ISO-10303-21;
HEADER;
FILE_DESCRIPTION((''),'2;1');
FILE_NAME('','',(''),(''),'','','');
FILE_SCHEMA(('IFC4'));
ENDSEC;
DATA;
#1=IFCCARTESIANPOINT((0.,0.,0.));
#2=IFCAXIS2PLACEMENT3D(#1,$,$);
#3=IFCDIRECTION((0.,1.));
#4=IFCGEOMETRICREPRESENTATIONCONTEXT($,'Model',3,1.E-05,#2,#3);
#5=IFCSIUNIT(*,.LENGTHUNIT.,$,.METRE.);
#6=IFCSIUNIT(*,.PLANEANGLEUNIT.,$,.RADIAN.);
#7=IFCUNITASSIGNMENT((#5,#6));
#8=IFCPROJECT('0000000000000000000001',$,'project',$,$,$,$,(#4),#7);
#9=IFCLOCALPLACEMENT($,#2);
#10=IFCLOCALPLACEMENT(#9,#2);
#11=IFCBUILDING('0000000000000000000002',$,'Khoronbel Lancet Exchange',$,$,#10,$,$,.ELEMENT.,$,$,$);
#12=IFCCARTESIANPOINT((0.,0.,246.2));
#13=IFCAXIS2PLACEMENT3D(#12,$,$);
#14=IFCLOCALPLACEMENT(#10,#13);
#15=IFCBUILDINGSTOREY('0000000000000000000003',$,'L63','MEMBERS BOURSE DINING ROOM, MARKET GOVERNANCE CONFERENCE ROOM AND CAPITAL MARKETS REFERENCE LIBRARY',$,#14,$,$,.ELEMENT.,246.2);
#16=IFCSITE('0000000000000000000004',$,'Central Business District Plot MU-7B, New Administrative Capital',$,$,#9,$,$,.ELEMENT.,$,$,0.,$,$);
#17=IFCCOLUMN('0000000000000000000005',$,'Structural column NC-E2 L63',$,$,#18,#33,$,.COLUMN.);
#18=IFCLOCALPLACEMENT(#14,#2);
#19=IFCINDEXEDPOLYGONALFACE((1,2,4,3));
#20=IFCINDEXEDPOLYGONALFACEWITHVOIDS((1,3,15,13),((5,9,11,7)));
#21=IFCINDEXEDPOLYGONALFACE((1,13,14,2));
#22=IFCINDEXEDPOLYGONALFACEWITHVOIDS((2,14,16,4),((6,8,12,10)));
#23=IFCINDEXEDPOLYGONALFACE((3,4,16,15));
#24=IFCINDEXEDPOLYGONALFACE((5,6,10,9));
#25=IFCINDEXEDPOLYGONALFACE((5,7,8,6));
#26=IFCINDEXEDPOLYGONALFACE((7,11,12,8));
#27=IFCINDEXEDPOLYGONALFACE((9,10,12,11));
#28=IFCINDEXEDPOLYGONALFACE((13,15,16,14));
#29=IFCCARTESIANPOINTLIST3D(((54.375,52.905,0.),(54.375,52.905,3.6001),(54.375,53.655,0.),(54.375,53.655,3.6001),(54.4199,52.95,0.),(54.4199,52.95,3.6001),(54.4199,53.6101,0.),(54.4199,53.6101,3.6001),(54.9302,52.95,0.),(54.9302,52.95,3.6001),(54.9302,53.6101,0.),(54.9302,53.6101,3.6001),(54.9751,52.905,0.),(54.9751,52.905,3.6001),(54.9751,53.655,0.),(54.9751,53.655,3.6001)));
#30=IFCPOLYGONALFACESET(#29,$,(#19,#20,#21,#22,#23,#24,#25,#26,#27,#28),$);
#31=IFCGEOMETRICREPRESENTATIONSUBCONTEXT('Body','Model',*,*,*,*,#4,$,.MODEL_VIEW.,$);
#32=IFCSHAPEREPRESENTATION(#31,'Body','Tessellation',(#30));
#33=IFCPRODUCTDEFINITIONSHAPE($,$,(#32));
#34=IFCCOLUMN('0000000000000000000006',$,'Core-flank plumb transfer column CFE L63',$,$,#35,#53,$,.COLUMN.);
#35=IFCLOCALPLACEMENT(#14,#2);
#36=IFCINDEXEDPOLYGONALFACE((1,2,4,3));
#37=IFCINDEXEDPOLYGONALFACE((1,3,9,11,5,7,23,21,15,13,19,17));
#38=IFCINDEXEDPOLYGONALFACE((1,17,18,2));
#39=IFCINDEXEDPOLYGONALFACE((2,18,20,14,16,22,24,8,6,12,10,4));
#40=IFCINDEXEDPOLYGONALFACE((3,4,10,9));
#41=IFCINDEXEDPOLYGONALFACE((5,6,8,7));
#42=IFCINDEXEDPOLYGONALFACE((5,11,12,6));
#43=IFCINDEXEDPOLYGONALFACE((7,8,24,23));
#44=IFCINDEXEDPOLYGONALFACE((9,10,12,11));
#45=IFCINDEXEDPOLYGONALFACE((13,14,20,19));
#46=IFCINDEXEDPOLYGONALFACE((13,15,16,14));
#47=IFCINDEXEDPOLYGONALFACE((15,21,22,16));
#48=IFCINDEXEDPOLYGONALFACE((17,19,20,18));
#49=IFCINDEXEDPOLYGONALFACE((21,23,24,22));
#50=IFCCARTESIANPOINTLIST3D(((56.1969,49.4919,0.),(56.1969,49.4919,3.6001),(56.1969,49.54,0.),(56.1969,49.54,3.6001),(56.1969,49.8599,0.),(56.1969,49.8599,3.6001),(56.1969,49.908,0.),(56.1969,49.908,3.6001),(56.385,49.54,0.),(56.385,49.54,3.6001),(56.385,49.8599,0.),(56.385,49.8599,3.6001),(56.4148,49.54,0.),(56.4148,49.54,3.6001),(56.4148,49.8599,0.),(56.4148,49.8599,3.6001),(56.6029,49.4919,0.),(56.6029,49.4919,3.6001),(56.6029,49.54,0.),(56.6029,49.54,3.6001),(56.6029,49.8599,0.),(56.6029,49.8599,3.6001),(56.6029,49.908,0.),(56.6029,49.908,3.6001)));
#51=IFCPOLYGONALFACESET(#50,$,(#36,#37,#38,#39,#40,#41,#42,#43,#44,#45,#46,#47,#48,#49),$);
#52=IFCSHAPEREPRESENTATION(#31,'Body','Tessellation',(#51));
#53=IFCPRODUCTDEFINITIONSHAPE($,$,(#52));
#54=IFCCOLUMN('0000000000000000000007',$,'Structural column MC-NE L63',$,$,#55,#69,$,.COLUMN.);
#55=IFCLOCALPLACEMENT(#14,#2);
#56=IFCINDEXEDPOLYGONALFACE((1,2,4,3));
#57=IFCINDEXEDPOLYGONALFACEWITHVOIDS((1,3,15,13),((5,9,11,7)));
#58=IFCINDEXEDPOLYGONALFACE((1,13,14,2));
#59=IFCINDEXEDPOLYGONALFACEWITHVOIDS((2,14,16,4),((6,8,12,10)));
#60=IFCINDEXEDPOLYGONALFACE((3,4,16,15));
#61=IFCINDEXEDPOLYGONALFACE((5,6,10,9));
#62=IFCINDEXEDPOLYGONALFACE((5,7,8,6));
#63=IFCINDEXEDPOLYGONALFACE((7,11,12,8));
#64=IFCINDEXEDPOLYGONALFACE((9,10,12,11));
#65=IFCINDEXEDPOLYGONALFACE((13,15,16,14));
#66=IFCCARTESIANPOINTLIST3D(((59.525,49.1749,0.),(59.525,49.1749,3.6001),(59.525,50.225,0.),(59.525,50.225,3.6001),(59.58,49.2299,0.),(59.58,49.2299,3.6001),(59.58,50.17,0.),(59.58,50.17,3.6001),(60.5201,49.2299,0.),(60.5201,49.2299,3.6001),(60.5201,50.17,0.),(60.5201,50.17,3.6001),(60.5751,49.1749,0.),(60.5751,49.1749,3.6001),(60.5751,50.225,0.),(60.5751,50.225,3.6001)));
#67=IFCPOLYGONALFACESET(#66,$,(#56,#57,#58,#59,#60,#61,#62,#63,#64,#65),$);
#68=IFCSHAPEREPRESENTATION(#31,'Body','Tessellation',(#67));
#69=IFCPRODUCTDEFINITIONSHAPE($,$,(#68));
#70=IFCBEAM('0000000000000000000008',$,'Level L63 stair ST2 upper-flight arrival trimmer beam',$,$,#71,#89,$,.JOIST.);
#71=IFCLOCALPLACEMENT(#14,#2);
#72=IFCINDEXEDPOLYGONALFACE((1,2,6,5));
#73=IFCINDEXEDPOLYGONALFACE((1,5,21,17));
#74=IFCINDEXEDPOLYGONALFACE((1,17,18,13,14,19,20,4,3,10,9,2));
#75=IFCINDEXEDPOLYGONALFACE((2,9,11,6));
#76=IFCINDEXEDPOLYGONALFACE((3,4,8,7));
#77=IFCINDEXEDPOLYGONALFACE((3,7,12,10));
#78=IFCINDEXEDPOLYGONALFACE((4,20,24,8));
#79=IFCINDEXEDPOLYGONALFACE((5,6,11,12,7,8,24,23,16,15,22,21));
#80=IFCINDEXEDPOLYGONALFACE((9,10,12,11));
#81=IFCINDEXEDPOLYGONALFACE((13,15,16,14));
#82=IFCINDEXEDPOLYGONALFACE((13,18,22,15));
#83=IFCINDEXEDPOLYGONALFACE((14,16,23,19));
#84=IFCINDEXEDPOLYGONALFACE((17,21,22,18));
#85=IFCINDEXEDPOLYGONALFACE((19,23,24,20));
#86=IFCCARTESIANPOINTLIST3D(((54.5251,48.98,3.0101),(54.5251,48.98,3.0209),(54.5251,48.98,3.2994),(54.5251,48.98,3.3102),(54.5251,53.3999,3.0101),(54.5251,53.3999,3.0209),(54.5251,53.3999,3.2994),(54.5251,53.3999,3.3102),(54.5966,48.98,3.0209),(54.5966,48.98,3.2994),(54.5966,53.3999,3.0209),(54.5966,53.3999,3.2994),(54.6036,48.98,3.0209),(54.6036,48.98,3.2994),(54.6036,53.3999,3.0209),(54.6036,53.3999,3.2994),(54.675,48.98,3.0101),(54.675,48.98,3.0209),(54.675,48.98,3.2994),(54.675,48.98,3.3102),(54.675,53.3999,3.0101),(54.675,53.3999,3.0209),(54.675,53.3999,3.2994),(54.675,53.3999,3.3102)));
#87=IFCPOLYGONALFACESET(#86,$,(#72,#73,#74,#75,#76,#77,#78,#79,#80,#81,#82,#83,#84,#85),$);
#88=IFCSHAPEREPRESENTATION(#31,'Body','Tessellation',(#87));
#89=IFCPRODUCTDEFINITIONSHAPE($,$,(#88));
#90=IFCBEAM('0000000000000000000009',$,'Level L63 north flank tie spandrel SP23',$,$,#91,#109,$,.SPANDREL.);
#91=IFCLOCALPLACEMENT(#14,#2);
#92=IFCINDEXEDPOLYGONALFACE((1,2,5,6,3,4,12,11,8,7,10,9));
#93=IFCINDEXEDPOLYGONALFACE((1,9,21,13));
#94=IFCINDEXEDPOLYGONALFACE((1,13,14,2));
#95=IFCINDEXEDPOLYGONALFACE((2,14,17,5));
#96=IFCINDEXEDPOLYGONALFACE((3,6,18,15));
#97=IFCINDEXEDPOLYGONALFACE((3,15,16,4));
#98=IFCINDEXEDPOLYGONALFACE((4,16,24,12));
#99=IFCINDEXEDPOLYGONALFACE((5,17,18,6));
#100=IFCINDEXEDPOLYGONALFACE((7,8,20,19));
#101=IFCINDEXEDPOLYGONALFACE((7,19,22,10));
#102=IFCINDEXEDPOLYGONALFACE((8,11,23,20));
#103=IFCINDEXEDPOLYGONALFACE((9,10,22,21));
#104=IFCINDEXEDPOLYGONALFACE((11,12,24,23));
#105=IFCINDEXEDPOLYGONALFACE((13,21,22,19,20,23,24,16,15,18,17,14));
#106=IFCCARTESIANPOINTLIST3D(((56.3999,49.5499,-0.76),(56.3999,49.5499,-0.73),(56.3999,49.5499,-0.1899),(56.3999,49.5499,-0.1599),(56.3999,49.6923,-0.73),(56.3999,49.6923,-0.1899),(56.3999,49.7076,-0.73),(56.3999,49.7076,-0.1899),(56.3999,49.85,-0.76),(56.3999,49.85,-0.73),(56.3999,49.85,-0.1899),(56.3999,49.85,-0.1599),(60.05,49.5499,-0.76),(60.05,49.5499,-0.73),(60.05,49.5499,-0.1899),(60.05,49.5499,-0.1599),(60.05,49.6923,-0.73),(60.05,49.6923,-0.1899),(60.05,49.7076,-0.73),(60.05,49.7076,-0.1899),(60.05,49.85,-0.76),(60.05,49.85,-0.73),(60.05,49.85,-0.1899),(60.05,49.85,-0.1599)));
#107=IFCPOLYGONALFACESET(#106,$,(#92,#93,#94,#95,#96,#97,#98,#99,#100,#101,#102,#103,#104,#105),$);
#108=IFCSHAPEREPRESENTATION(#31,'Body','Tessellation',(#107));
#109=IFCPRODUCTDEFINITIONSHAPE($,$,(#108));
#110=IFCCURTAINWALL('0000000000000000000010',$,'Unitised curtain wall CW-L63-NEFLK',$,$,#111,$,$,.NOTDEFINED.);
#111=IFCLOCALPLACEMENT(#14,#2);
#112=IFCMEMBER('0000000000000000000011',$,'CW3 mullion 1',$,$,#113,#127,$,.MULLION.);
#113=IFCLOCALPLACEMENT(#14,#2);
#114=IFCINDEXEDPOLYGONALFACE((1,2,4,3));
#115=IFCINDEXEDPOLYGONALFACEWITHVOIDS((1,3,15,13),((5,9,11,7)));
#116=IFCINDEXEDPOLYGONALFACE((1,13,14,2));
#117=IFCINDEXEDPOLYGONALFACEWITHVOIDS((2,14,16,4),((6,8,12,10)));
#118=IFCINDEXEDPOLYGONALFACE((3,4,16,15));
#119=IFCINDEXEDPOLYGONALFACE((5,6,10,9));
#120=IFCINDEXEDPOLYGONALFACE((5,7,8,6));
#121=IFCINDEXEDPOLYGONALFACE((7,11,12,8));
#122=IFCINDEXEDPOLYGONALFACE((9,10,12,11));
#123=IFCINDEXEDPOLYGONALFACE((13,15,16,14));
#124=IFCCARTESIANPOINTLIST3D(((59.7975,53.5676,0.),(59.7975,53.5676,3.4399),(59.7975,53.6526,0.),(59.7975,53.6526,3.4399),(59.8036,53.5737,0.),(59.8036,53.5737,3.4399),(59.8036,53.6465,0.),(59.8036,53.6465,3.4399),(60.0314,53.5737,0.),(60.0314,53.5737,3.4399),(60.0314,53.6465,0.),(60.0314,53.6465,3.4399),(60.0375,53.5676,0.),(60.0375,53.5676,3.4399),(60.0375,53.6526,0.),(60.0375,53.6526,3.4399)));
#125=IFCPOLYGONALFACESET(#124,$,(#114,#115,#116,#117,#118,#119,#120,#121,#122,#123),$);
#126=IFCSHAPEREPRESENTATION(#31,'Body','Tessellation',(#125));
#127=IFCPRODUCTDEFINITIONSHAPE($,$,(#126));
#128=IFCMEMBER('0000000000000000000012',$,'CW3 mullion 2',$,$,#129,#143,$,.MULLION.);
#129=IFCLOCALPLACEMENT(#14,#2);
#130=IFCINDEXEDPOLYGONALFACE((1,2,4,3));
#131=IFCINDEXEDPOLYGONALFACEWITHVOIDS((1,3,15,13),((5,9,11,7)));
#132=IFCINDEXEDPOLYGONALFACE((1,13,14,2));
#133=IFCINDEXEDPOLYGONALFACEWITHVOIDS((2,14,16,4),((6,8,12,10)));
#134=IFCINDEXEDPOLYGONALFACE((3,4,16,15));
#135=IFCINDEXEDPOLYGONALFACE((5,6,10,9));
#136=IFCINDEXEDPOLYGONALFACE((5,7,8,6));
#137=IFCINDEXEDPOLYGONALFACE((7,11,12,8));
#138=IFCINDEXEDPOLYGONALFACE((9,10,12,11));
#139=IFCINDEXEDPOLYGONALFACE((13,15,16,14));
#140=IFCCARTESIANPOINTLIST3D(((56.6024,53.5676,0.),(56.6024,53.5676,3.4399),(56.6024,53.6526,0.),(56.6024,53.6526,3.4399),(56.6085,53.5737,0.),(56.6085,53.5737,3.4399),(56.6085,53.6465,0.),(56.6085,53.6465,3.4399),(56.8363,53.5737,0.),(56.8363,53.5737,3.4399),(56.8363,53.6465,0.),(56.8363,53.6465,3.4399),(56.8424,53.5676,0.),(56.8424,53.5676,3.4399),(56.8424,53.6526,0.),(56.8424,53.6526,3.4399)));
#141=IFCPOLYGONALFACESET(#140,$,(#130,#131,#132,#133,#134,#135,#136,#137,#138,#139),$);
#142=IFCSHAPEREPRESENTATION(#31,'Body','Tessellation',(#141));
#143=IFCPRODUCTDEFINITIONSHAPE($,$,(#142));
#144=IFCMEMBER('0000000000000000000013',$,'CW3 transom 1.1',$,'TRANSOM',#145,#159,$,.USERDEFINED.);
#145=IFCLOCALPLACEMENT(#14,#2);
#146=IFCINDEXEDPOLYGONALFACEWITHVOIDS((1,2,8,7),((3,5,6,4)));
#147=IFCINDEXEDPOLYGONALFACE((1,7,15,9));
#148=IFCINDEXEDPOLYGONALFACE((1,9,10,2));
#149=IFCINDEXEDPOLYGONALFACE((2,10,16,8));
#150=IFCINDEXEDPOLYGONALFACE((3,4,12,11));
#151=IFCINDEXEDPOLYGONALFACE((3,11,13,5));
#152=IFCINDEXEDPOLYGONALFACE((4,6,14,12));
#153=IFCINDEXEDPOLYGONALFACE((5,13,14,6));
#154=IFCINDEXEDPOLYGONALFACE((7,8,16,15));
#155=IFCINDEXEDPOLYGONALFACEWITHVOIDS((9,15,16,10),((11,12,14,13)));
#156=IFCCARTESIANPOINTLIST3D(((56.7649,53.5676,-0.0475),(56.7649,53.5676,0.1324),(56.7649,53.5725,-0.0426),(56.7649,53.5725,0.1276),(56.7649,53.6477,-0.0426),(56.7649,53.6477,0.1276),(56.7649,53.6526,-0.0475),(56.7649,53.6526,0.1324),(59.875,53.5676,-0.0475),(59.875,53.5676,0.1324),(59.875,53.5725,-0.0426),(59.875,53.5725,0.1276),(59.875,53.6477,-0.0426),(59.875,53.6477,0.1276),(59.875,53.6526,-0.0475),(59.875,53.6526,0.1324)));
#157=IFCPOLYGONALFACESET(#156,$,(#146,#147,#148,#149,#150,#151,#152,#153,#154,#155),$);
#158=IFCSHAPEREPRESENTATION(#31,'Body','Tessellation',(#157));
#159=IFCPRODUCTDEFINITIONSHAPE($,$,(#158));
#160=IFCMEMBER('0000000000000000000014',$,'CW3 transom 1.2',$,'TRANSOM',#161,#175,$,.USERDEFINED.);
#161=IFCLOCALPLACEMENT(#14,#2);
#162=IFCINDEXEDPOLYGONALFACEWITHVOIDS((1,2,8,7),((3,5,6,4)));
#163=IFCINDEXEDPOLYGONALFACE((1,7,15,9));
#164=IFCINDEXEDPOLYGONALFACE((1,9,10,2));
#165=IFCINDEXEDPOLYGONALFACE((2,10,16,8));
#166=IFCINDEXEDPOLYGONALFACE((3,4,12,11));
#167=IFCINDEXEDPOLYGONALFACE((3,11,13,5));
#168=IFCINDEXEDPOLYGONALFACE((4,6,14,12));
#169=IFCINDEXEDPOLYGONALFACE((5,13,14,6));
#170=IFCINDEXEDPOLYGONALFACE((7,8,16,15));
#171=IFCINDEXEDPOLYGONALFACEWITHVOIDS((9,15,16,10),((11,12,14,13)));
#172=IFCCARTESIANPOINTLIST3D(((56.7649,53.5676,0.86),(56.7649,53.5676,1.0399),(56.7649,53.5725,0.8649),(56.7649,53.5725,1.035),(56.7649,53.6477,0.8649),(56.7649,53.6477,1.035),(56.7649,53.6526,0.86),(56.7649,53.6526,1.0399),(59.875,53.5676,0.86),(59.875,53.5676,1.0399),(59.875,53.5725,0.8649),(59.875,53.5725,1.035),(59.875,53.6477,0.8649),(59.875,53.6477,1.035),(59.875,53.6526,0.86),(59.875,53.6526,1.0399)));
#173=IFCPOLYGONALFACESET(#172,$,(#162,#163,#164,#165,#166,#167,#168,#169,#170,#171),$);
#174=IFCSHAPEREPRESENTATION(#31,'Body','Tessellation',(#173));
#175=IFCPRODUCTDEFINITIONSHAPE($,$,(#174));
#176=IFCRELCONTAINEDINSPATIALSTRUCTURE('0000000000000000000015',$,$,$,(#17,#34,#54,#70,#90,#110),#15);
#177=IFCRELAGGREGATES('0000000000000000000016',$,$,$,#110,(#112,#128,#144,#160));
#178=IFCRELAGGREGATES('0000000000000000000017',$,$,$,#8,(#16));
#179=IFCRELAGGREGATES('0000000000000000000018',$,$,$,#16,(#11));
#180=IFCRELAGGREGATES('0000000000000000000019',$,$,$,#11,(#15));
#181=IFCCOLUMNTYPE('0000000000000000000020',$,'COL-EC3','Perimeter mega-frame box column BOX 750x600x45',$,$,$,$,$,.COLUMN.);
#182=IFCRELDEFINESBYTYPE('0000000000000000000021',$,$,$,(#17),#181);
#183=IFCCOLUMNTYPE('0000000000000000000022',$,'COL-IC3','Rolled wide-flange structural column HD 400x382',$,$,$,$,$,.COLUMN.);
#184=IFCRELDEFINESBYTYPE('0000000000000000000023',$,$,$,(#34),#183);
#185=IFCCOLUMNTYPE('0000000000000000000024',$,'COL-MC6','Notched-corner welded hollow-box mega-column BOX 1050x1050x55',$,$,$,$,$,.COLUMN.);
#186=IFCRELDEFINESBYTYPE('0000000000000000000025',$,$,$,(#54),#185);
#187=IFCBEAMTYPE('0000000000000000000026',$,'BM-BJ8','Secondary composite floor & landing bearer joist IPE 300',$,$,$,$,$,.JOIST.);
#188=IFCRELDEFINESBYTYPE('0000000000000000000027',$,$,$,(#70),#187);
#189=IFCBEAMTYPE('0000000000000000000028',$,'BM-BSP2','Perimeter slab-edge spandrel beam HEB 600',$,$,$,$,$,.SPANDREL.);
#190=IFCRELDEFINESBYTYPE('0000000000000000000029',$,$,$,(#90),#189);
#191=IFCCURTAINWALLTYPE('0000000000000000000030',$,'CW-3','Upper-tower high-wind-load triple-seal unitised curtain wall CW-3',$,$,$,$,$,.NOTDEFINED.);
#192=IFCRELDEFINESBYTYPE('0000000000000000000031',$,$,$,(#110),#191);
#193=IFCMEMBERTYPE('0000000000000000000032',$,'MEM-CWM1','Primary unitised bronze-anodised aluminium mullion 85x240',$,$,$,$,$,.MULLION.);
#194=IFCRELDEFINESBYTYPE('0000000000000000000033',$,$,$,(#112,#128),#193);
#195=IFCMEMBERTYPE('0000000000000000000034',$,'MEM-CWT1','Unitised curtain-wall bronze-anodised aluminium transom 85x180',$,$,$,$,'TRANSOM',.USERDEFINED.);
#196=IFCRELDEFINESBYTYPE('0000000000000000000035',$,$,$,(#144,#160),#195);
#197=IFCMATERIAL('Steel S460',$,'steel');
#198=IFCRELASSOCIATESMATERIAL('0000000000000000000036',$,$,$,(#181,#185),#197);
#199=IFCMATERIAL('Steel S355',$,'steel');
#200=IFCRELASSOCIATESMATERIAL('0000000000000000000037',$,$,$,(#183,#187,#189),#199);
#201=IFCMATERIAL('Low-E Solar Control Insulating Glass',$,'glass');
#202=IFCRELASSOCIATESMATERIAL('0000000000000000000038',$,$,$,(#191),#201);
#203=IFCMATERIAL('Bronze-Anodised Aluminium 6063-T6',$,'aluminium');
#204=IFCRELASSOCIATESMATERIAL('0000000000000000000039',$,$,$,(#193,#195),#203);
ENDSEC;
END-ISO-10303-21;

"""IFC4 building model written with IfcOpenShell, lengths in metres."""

from ifc_helpers import new_model, si_unit, direction, frame, origin, origin_2d, place, context, subcontext, project, spatial, hollow_rectangle, i_section, extrude, material, material_profile, profile_set, type_object, element, aggregate, save


model = new_model("IFC4")

# Units and contexts
model_context = context("Model", 3, precision=1e-05, world=origin(), true_north=direction((0.0, 1.0)))
body_context = subcontext(model_context, "Body", "Model", "MODEL_VIEW")
ifc_project = project(units=[si_unit("LENGTHUNIT", "METRE"), si_unit("PLANEANGLEUNIT", "RADIAN")], contexts=[model_context])

# Site, building, storey
site_placement = place(None, origin())
site = spatial("IfcSite", under=ifc_project, at=site_placement, Name="Central Business District Plot MU-7B, New Administrative Capital", CompositionType="ELEMENT", RefElevation=0.0)
building_placement = place(site_placement, origin())
building = spatial("IfcBuilding", under=site, at=building_placement, Name="Khoronbel Lancet Exchange", CompositionType="ELEMENT")
storey_placement = place(building_placement, frame((0.0, 0.0, 246.2)))
storey = spatial("IfcBuildingStorey", under=building, at=storey_placement, Name="L63", Description="MEMBERS BOURSE DINING ROOM, MARKET GOVERNANCE CONFERENCE ROOM AND CAPITAL MARKETS REFERENCE LIBRARY", CompositionType="ELEMENT", Elevation=246.2)

# Columns
ifc_material_1 = material(Name="Steel S460", Category="steel")
ifc_material_profile_1 = material_profile(ifc_material_1, hollow_rectangle(XDim=0.6001, YDim=0.75, WallThickness=0.0449, at=origin_2d()), Name="BOX 750x600x45")
ifc_profile_set_1 = profile_set([ifc_material_profile_1], Name="Steel S460")
column_type_1 = type_object("IfcColumnType", Name="COL-EC3", Description="Perimeter mega-frame box column BOX 750x600x45", PredefinedType="COLUMN", material=ifc_profile_set_1)
column_1_placement = place(storey_placement, frame((54.675, 53.28, 0.0), z_axis=(0.0, 0.0, 1.0), x_axis=(1.0, 0.0, 0.0)))
element("IfcColumn", 1, at=column_1_placement, inside=storey, type_object=column_type_1, Name="Structural column NC-E2 L63", PredefinedType="COLUMN", context=body_context, shape_type="SweptSolid", body=[
    extrude(hollow_rectangle(XDim=0.6001, YDim=0.75, WallThickness=0.0449, at=origin_2d()), origin(), (0.0, 0.0, 1.0), 3.6001),
])
ifc_material_2 = material(Name="Steel S355", Category="steel")
ifc_material_profile_2 = material_profile(ifc_material_2, i_section(OverallWidth=0.406, OverallDepth=0.416, WebThickness=0.0298, FlangeThickness=0.0481, at=origin_2d()), Name="HD 400x382")
ifc_profile_set_2 = profile_set([ifc_material_profile_2], Name="Steel S355")
column_type_2 = type_object("IfcColumnType", Name="COL-IC3", Description="Rolled wide-flange structural column HD 400x382", PredefinedType="COLUMN", material=ifc_profile_set_2)
column_2_placement = place(storey_placement, frame((56.3999, 49.7, 0.0), z_axis=(0.0, 0.0, 1.0), x_axis=(1.0, 0.0, 0.0)))
element("IfcColumn", 2, at=column_2_placement, inside=storey, type_object=column_type_2, Name="Core-flank plumb transfer column CFE L63", PredefinedType="COLUMN", context=body_context, shape_type="SweptSolid", body=[
    extrude(i_section(OverallWidth=0.406, OverallDepth=0.416, WebThickness=0.0298, FlangeThickness=0.0481, at=origin_2d()), origin(), (0.0, 0.0, 1.0), 3.6001),
])
ifc_material_profile_3 = material_profile(ifc_material_1, hollow_rectangle(XDim=1.05, YDim=1.05, WallThickness=0.0549, at=origin_2d()), Name="BOX 1050x1050x55")
ifc_profile_set_3 = profile_set([ifc_material_profile_3], Name="Steel S460")
column_type_3 = type_object("IfcColumnType", Name="COL-MC6", Description="Notched-corner welded hollow-box mega-column BOX 1050x1050x55", PredefinedType="COLUMN", material=ifc_profile_set_3)
column_3_placement = place(storey_placement, frame((60.05, 49.7, 0.0), z_axis=(0.0, 0.0, 1.0), x_axis=(1.0, 0.0, 0.0)))
element("IfcColumn", 3, at=column_3_placement, inside=storey, type_object=column_type_3, Name="Structural column MC-NE L63", PredefinedType="COLUMN", context=body_context, shape_type="SweptSolid", body=[
    extrude(hollow_rectangle(XDim=1.05, YDim=1.05, WallThickness=0.0549, at=origin_2d()), origin(), (0.0, 0.0, 1.0), 3.6001),
])

# Beams
ifc_material_profile_4 = material_profile(ifc_material_2, i_section(OverallWidth=0.1499, OverallDepth=0.3, WebThickness=0.0071, FlangeThickness=0.0107, at=origin_2d()), Name="IPE 300")
ifc_profile_set_4 = profile_set([ifc_material_profile_4], Name="Steel S355")
beam_type_1 = type_object("IfcBeamType", Name="BM-BJ8", Description="Secondary composite floor & landing bearer joist IPE 300", PredefinedType="JOIST", material=ifc_profile_set_4)
beam_1_placement = place(storey_placement, frame((54.6001, 48.98, 3.1602), z_axis=(0.0, 1.0, 0.0), x_axis=(-1.0, 0.0, 0.0)))
element("IfcBeam", 4, at=beam_1_placement, inside=storey, type_object=beam_type_1, Name="Level L63 stair ST2 upper-flight arrival trimmer beam", PredefinedType="JOIST", context=body_context, shape_type="SweptSolid", body=[
    extrude(i_section(OverallWidth=0.1499, OverallDepth=0.3, WebThickness=0.0071, FlangeThickness=0.0107, at=origin_2d()), origin(), (0.0, 0.0, 1.0), 4.4199),
])
ifc_material_profile_5 = material_profile(ifc_material_2, i_section(OverallWidth=0.3, OverallDepth=0.6001, WebThickness=0.0154, FlangeThickness=0.03, at=origin_2d()), Name="HEB 600")
ifc_profile_set_5 = profile_set([ifc_material_profile_5], Name="Steel S355")
beam_type_2 = type_object("IfcBeamType", Name="BM-BSP2", Description="Perimeter slab-edge spandrel beam HEB 600", PredefinedType="SPANDREL", material=ifc_profile_set_5)
beam_2_placement = place(storey_placement, frame((60.05, 49.7, -0.46), z_axis=(-1.0, 0.0, 0.0), x_axis=(0.0, -1.0, 0.0)))
element("IfcBeam", 5, at=beam_2_placement, inside=storey, type_object=beam_type_2, Name="Level L63 north flank tie spandrel SP23", PredefinedType="SPANDREL", context=body_context, shape_type="SweptSolid", body=[
    extrude(i_section(OverallWidth=0.3, OverallDepth=0.6001, WebThickness=0.0154, FlangeThickness=0.03, at=origin_2d()), origin(), (0.0, 0.0, 1.0), 3.6501),
])

# Curtain wall, members
ifc_material_3 = material(Name="Low-E Solar Control Insulating Glass", Category="glass")
curtain_wall_type = type_object("IfcCurtainWallType", Name="CW-3", Description="Upper-tower high-wind-load triple-seal unitised curtain wall CW-3", PredefinedType="NOTDEFINED", material=ifc_material_3)
curtain_wall_placement = place(storey_placement, origin())
curtain_wall = element("IfcCurtainWall", 6, at=curtain_wall_placement, inside=storey, type_object=curtain_wall_type, Name="Unitised curtain wall CW-L63-NEFLK", PredefinedType="NOTDEFINED")
ifc_material_4 = material(Name="Bronze-Anodised Aluminium 6063-T6", Category="aluminium")
ifc_material_profile_6 = material_profile(ifc_material_4, hollow_rectangle(XDim=0.085, YDim=0.24, WallThickness=0.0061, at=origin_2d()), Name="ALU MULLION 85x240")
ifc_profile_set_6 = profile_set([ifc_material_profile_6], Name="Bronze-Anodised Aluminium 6063-T6")
member_type_1 = type_object("IfcMemberType", Name="MEM-CWM1", Description="Primary unitised bronze-anodised aluminium mullion 85x240", PredefinedType="MULLION", material=ifc_profile_set_6)
member_1_placement = place(storey_placement, frame((59.9175, 53.6101, 0.0), z_axis=(0.0, 0.0, 1.0), x_axis=(0.0, -1.0, 0.0)))
member_1 = element("IfcMember", 7, at=member_1_placement, type_object=member_type_1, Name="CW3 mullion 1", PredefinedType="MULLION", context=body_context, shape_type="SweptSolid", body=[
    extrude(hollow_rectangle(XDim=0.085, YDim=0.24, WallThickness=0.0061, at=origin_2d()), origin(), (0.0, 0.0, 1.0), 3.4399),
])
member_2_placement = place(storey_placement, frame((56.7224, 53.6101, 0.0), z_axis=(0.0, 0.0, 1.0), x_axis=(0.0, -1.0, 0.0)))
member_2 = element("IfcMember", 8, at=member_2_placement, type_object=member_type_1, Name="CW3 mullion 2", PredefinedType="MULLION", context=body_context, shape_type="SweptSolid", body=[
    extrude(hollow_rectangle(XDim=0.085, YDim=0.24, WallThickness=0.0061, at=origin_2d()), origin(), (0.0, 0.0, 1.0), 3.4399),
])
ifc_material_profile_7 = material_profile(ifc_material_4, hollow_rectangle(XDim=0.085, YDim=0.1799, WallThickness=0.0049, at=origin_2d()), Name="ALU TRANSOM 85x180")
ifc_profile_set_7 = profile_set([ifc_material_profile_7], Name="Bronze-Anodised Aluminium 6063-T6")
member_type_2 = type_object("IfcMemberType", Name="MEM-CWT1", Description="Unitised curtain-wall bronze-anodised aluminium transom 85x180", ElementType="TRANSOM", PredefinedType="USERDEFINED", material=ifc_profile_set_7)
member_3_placement = place(storey_placement, frame((59.875, 53.6101, 0.0425), z_axis=(-1.0, 0.0, 0.0), x_axis=(0.0, -1.0, 0.0)))
member_3 = element("IfcMember", 9, at=member_3_placement, type_object=member_type_2, Name="CW3 transom 1.1", ObjectType="TRANSOM", PredefinedType="USERDEFINED", context=body_context, shape_type="SweptSolid", body=[
    extrude(hollow_rectangle(XDim=0.085, YDim=0.1799, WallThickness=0.0049, at=origin_2d()), origin(), (0.0, 0.0, 1.0), 3.1101),
])
member_4_placement = place(storey_placement, frame((59.875, 53.6101, 0.95), z_axis=(-1.0, 0.0, 0.0), x_axis=(0.0, -1.0, 0.0)))
member_4 = element("IfcMember", 10, at=member_4_placement, type_object=member_type_2, Name="CW3 transom 1.2", ObjectType="TRANSOM", PredefinedType="USERDEFINED", context=body_context, shape_type="SweptSolid", body=[
    extrude(hollow_rectangle(XDim=0.085, YDim=0.1799, WallThickness=0.0049, at=origin_2d()), origin(), (0.0, 0.0, 1.0), 3.1101),
])
aggregate(curtain_wall, [member_1, member_2, member_3, member_4])

save(model, "model.ifc")
